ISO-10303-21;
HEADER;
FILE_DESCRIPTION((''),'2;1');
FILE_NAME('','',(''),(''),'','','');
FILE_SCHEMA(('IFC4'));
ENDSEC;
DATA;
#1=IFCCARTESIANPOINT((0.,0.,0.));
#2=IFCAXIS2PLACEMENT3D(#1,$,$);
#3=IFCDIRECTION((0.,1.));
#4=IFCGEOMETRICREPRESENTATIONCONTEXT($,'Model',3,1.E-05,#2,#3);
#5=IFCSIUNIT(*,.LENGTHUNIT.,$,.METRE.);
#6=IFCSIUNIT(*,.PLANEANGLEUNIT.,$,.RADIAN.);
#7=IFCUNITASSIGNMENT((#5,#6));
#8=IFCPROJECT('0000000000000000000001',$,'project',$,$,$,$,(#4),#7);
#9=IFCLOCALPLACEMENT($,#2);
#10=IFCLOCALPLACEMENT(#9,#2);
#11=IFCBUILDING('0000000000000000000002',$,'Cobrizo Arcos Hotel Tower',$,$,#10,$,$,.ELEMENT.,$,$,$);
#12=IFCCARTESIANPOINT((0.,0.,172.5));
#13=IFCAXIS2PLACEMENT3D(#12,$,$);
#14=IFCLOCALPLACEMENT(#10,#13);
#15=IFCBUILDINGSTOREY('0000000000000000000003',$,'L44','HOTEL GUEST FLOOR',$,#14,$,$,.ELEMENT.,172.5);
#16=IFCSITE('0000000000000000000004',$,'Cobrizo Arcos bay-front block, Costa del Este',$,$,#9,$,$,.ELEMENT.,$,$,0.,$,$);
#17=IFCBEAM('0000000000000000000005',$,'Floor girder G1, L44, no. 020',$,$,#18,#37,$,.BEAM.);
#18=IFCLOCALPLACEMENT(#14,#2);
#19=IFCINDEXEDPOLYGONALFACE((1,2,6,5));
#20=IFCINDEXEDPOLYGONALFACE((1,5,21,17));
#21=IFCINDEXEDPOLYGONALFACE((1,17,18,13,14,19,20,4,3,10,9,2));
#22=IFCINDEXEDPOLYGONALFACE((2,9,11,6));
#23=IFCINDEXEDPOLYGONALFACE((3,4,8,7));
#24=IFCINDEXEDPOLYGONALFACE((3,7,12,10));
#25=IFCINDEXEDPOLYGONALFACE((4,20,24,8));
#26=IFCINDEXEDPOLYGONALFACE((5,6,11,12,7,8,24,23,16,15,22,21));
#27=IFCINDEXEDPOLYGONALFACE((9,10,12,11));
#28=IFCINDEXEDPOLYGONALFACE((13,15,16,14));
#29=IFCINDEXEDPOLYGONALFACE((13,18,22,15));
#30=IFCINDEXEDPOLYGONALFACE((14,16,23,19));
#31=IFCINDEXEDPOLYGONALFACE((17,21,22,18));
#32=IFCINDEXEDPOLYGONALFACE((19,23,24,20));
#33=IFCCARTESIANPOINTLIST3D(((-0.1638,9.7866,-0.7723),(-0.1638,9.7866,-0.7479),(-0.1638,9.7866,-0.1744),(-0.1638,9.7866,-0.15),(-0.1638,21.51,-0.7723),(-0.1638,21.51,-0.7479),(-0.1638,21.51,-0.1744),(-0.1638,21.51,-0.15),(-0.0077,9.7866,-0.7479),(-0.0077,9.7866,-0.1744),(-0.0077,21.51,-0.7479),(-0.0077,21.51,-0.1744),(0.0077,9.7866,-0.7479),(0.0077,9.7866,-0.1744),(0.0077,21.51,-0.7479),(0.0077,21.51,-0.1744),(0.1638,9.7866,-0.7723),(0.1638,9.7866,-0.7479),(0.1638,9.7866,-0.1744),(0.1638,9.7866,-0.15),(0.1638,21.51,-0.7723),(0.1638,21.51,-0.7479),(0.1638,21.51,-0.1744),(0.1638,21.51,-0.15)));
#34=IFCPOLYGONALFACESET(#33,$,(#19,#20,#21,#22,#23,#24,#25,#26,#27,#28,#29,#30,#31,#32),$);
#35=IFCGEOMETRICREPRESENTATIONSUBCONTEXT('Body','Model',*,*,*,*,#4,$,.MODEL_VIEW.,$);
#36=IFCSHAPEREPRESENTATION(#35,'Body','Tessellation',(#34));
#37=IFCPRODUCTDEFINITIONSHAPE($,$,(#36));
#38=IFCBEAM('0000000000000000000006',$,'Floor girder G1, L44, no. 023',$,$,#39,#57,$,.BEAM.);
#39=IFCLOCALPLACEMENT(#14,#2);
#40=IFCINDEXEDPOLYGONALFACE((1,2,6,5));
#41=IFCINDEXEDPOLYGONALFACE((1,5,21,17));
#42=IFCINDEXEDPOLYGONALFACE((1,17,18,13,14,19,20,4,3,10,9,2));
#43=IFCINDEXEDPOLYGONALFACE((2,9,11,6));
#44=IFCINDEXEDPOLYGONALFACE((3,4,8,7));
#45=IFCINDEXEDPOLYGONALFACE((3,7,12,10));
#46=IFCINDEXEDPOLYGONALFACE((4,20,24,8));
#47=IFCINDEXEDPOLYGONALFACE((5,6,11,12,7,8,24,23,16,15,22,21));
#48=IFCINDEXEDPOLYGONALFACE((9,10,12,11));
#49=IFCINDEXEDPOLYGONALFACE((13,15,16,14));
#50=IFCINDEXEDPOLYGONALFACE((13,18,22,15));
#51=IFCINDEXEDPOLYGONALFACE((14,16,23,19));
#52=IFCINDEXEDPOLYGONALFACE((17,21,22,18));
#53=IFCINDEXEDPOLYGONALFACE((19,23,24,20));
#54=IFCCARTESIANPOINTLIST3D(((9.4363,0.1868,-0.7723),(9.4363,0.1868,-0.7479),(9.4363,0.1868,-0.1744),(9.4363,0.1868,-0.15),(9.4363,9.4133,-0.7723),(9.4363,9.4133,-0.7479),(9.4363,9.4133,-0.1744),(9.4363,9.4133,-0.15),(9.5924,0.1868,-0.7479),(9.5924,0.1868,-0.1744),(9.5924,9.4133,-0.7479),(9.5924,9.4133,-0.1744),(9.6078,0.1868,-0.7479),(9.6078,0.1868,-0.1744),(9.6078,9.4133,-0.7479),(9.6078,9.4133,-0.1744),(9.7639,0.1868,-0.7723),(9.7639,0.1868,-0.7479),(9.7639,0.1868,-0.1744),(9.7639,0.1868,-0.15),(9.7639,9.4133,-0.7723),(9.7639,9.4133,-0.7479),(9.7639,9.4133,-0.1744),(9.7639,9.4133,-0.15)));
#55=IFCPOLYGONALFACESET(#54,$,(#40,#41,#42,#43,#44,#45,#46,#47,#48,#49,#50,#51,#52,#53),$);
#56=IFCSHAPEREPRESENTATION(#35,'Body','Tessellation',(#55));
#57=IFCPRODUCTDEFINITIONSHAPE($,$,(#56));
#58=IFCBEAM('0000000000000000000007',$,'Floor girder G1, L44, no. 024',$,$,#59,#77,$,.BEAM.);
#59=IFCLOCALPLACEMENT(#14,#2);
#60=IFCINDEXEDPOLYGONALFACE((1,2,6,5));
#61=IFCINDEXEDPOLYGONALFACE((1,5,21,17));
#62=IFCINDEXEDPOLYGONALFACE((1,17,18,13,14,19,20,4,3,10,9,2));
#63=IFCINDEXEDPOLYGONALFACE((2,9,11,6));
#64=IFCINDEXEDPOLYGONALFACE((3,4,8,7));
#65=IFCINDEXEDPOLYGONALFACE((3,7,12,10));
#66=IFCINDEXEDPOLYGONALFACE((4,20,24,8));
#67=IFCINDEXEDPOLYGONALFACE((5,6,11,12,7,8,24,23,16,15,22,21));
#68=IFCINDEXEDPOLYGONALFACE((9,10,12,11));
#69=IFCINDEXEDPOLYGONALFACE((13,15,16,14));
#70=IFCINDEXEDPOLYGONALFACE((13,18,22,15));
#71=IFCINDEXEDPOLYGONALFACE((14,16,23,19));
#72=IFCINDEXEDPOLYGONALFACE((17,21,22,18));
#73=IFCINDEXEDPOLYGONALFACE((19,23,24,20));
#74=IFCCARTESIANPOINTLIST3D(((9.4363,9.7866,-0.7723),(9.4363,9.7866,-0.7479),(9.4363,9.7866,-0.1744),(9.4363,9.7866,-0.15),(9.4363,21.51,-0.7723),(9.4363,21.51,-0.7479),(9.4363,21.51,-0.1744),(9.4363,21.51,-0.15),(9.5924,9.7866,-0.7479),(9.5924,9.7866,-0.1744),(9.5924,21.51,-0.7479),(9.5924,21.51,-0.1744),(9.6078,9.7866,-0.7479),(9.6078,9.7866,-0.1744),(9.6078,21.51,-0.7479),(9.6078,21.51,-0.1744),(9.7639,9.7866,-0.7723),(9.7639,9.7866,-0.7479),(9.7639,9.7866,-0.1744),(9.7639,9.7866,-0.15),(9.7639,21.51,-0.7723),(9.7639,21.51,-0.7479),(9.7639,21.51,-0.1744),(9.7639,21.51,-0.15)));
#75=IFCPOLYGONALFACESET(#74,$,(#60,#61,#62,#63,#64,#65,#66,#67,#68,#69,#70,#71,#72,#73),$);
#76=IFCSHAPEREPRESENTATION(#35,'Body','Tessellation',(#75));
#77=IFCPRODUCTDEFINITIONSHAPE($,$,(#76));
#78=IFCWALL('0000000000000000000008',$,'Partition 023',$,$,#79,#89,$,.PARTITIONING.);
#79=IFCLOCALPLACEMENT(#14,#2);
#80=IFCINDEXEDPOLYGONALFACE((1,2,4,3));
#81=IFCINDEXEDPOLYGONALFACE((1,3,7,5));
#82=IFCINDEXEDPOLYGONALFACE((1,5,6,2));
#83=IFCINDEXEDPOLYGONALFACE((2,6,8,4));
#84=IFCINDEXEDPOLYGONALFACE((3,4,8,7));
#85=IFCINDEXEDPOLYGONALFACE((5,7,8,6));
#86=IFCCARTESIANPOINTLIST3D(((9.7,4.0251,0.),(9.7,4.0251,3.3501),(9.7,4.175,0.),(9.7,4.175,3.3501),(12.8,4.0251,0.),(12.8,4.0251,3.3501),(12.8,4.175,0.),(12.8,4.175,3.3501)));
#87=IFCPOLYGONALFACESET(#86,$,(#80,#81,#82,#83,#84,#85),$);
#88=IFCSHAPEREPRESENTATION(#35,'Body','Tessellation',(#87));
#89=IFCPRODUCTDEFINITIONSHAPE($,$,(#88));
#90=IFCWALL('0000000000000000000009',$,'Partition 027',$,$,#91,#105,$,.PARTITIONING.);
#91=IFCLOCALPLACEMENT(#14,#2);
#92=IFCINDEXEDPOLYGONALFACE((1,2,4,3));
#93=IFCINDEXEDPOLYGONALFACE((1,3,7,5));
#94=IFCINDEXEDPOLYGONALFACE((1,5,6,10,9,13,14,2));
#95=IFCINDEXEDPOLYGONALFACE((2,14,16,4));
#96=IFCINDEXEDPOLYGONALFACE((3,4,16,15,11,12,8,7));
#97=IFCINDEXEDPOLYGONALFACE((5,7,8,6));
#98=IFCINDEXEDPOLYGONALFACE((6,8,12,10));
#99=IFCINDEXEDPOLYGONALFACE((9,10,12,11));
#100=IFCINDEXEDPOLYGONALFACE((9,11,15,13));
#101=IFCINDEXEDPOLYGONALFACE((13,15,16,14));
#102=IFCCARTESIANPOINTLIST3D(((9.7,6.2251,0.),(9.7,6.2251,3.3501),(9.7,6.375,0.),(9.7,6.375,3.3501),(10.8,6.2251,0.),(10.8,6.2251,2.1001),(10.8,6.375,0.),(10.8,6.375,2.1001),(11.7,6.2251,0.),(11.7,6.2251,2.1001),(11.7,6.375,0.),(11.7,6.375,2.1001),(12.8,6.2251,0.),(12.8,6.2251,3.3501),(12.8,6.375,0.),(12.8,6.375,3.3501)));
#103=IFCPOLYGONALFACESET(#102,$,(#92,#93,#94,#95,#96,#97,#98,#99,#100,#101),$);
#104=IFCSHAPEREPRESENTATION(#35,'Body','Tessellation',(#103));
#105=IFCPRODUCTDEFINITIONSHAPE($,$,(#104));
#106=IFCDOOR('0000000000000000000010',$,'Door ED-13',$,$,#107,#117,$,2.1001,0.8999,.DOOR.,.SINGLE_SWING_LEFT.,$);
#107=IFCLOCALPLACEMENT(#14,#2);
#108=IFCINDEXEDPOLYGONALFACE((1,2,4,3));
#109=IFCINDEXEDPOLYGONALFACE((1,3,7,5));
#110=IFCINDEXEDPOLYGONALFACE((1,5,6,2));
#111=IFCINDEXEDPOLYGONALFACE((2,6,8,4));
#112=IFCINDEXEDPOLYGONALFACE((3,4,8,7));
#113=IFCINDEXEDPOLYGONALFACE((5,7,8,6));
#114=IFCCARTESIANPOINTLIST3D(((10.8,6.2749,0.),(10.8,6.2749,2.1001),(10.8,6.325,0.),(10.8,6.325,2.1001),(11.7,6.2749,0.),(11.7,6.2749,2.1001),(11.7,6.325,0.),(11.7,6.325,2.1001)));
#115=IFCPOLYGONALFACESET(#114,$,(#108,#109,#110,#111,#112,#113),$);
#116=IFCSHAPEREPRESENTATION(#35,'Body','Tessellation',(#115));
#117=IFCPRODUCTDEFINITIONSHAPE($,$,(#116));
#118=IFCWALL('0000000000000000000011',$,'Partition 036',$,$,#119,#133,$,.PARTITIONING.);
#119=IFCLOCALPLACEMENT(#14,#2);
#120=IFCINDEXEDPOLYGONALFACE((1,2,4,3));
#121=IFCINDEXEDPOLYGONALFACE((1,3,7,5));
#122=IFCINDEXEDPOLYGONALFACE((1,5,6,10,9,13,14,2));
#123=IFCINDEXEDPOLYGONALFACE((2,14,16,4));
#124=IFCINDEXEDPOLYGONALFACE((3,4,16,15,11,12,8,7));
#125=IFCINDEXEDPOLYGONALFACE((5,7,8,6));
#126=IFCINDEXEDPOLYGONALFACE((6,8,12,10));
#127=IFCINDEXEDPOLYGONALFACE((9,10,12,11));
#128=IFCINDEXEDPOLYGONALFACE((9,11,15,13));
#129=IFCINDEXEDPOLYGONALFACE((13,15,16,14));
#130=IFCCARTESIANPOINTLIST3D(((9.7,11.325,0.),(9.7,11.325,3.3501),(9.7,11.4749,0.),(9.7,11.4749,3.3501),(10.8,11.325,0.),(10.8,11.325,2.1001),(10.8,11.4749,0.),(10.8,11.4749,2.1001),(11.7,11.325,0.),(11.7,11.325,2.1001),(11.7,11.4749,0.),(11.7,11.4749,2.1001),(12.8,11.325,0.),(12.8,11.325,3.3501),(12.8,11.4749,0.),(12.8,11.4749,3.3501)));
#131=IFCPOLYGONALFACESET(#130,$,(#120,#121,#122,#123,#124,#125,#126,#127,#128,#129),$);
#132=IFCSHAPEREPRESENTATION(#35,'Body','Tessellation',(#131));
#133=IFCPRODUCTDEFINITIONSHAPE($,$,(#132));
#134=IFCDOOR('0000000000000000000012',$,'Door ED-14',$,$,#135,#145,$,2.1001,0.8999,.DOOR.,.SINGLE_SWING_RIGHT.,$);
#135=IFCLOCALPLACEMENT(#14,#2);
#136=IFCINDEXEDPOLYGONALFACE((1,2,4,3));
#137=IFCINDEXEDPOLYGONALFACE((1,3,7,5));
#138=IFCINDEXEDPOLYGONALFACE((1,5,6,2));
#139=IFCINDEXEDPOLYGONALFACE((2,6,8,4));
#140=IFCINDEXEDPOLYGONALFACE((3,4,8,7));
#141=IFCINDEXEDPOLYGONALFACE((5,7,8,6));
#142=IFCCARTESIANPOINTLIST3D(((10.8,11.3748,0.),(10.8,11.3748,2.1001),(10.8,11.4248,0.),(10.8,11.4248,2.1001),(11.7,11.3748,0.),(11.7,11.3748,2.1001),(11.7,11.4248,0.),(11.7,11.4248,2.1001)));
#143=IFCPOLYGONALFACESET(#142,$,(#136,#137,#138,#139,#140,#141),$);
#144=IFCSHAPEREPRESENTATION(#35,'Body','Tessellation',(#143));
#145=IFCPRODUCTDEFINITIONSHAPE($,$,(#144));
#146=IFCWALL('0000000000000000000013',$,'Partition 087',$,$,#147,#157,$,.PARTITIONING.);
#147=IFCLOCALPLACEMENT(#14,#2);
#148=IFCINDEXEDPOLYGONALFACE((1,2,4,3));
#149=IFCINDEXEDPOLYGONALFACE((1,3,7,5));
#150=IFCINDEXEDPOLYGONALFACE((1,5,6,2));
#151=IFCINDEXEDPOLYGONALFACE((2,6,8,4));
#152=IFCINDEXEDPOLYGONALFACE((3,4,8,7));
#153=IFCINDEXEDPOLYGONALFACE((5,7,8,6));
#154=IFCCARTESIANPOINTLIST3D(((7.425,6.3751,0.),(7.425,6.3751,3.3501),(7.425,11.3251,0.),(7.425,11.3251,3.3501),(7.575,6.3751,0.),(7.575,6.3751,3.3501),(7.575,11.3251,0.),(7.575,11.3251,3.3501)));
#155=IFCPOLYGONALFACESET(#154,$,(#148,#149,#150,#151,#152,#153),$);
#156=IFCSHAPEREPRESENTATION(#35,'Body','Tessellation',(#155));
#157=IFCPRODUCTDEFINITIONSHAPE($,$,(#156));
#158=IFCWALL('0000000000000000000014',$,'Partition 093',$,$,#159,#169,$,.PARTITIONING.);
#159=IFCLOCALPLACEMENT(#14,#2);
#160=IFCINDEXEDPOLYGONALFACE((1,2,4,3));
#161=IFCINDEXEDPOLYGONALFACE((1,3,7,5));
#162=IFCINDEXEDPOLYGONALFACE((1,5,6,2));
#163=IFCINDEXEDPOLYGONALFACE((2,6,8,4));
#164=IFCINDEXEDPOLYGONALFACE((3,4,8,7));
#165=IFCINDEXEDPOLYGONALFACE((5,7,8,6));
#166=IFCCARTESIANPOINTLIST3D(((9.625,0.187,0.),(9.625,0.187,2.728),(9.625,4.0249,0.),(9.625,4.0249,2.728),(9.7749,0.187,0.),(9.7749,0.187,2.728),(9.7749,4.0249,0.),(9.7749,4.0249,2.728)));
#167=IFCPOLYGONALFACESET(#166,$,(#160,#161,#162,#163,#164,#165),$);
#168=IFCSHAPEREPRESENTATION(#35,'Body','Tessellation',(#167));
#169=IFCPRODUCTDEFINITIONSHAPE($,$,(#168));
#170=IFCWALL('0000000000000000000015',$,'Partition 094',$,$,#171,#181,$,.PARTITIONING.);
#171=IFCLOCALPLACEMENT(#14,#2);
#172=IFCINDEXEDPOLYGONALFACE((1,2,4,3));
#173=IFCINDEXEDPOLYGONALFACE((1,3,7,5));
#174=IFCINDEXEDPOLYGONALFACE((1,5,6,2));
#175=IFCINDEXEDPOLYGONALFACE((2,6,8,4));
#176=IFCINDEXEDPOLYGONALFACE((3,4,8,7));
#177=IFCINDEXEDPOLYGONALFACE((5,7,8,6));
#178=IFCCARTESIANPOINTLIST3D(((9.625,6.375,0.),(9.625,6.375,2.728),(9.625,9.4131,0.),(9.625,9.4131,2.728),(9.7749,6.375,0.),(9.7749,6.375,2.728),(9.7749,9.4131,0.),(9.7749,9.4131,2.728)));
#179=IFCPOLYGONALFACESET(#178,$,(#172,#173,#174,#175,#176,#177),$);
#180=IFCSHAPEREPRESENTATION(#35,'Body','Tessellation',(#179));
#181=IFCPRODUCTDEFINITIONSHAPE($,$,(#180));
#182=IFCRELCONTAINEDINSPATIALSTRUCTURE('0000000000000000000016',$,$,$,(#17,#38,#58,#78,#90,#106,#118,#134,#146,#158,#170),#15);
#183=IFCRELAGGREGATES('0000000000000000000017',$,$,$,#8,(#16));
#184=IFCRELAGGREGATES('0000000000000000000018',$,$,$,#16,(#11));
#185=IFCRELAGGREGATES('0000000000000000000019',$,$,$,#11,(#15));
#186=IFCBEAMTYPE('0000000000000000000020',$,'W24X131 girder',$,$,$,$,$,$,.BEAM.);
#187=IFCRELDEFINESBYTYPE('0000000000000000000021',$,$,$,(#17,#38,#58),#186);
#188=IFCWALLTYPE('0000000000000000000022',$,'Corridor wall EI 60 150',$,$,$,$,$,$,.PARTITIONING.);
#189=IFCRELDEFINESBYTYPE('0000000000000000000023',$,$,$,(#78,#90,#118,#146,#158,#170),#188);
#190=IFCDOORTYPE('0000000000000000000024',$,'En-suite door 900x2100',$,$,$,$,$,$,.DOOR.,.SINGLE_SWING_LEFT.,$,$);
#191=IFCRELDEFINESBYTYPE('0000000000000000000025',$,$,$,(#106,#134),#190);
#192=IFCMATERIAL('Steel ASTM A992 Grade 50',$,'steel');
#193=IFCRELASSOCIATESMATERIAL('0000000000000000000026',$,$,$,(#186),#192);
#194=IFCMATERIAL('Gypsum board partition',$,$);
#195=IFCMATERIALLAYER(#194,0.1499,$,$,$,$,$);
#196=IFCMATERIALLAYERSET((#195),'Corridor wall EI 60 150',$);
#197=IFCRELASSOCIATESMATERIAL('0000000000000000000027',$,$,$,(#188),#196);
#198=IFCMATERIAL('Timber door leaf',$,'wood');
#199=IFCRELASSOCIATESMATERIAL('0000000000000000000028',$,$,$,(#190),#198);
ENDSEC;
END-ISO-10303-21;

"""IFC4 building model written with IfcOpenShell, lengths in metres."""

from ifc_helpers import new_model, si_unit, direction, frame, frame_2d, origin, origin_2d, place, context, subcontext, project, spatial, rectangle, i_section, extrude, material, layer, layer_set, material_profile, profile_set, type_object, element, fill, save


model = new_model("IFC4")

# Units and contexts
model_context = context("Model", 3, precision=1e-05, world=origin(), true_north=direction((0.0, 1.0)))
body_context = subcontext(model_context, "Body", "Model", "MODEL_VIEW")
ifc_project = project(units=[si_unit("LENGTHUNIT", "METRE"), si_unit("PLANEANGLEUNIT", "RADIAN")], contexts=[model_context])

# Site, building, storey
site_placement = place(None, origin())
site = spatial("IfcSite", under=ifc_project, at=site_placement, Name="Cobrizo Arcos bay-front block, Costa del Este", CompositionType="ELEMENT", RefElevation=0.0)
building_placement = place(site_placement, origin())
building = spatial("IfcBuilding", under=site, at=building_placement, Name="Cobrizo Arcos Hotel Tower", CompositionType="ELEMENT")
storey_placement = place(building_placement, frame((0.0, 0.0, 172.5)))
storey = spatial("IfcBuildingStorey", under=building, at=storey_placement, Name="L44", Description="HOTEL GUEST FLOOR", CompositionType="ELEMENT", Elevation=172.5)

# Shared definitions
ifc_material_1 = material(Name="Steel ASTM A992 Grade 50", Category="steel")

# Beams
ifc_material_profile_1 = material_profile(ifc_material_1, i_section(OverallWidth=0.3276, OverallDepth=0.6223, WebThickness=0.0154, FlangeThickness=0.0244, at=origin_2d()), Name="W24X131")
ifc_profile_set_1 = profile_set([ifc_material_profile_1], Name="Steel ASTM A992 Grade 50")
beam_type_1 = type_object("IfcBeamType", Name="W24X131 girder", PredefinedType="BEAM", material=ifc_profile_set_1)
beam_1_placement = place(storey_placement, frame((0.0, 9.7866, -0.4612), z_axis=(0.0, 1.0, 0.0), x_axis=(-1.0, 0.0, 0.0)))
element("IfcBeam", 1, at=beam_1_placement, inside=storey, type_object=beam_type_1, Name="Floor girder G1, L44, no. 020", PredefinedType="BEAM", context=body_context, shape_type="SweptSolid", body=[
    extrude(i_section(OverallWidth=0.3276, OverallDepth=0.6223, WebThickness=0.0154, FlangeThickness=0.0244, at=origin_2d()), origin(), (0.0, 0.0, 1.0), 11.7234),
])
beam_2_placement = place(storey_placement, frame((9.6001, 0.1868, -0.4612), z_axis=(0.0, 1.0, 0.0), x_axis=(-1.0, 0.0, 0.0)))
element("IfcBeam", 2, at=beam_2_placement, inside=storey, type_object=beam_type_1, Name="Floor girder G1, L44, no. 023", PredefinedType="BEAM", context=body_context, shape_type="SweptSolid", body=[
    extrude(i_section(OverallWidth=0.3276, OverallDepth=0.6223, WebThickness=0.0154, FlangeThickness=0.0244, at=origin_2d()), origin(), (0.0, 0.0, 1.0), 9.2266),
])
beam_3_placement = place(storey_placement, frame((9.6001, 9.7866, -0.4612), z_axis=(0.0, 1.0, 0.0), x_axis=(-1.0, 0.0, 0.0)))
element("IfcBeam", 3, at=beam_3_placement, inside=storey, type_object=beam_type_1, Name="Floor girder G1, L44, no. 024", PredefinedType="BEAM", context=body_context, shape_type="SweptSolid", body=[
    extrude(i_section(OverallWidth=0.3276, OverallDepth=0.6223, WebThickness=0.0154, FlangeThickness=0.0244, at=origin_2d()), origin(), (0.0, 0.0, 1.0), 11.7234),
])

# Wall
ifc_material_2 = material(Name="Gypsum board partition")
ifc_layer_1 = layer(ifc_material_2, 0.1499)
ifc_layer_set_1 = layer_set([ifc_layer_1], Name="Corridor wall EI 60 150")
wall_type_1 = type_object("IfcWallType", Name="Corridor wall EI 60 150", PredefinedType="PARTITIONING", material=ifc_layer_set_1)
wall_1_placement = place(storey_placement, frame((9.7, 4.1001, 0.0), z_axis=(0.0, 0.0, 1.0), x_axis=(1.0, 0.0, 0.0)))
element("IfcWall", 4, at=wall_1_placement, inside=storey, type_object=wall_type_1, Name="Partition 023", PredefinedType="PARTITIONING", context=body_context, shape_type="SweptSolid", body=[
    extrude(rectangle(XDim=3.1001, YDim=0.1499, at=frame_2d((1.55, 0.0))), origin(), (0.0, 0.0, 1.0), 3.3501),
])

# Walls, openings, doors
wall_2_placement = place(storey_placement, frame((9.7, 6.3, 0.0), z_axis=(0.0, 0.0, 1.0), x_axis=(1.0, 0.0, 0.0)))
wall_2 = element("IfcWall", 5, at=wall_2_placement, inside=storey, type_object=wall_type_1, Name="Partition 027", PredefinedType="PARTITIONING", context=body_context, shape_type="SweptSolid", body=[
    extrude(rectangle(XDim=3.1001, YDim=0.1499, at=frame_2d((1.55, 0.0))), origin(), (0.0, 0.0, 1.0), 3.3501),
])
opening_1_placement = place(wall_2_placement, frame((1.1001, 0.0, 0.0)))
opening_1 = element("IfcOpeningElement", 6, at=opening_1_placement, cuts=wall_2, PredefinedType="OPENING", context=body_context, shape_type="SweptSolid", body=[
    extrude(rectangle(XDim=0.8999, YDim=2.1001, at=frame_2d((0.45, 1.05))), frame((0.0, 0.0869, 0.0), z_axis=(0.0, -1.0, 0.0), x_axis=(1.0, 0.0, 0.0)), (0.0, 0.0, 1.0), 0.1738),
])
ifc_material_3 = material(Name="Timber door leaf", Category="wood")
door_type_1 = type_object("IfcDoorType", Name="En-suite door 900x2100", OperationType="SINGLE_SWING_LEFT", PredefinedType="DOOR", material=ifc_material_3)
door_1_placement = place(opening_1_placement, origin())
door_1 = element("IfcDoor", 7, at=door_1_placement, inside=storey, type_object=door_type_1, Name="Door ED-13", OperationType="SINGLE_SWING_LEFT", OverallHeight=2.1001, OverallWidth=0.8999, PredefinedType="DOOR", context=body_context, shape_type="SweptSolid", body=[
    extrude(rectangle(XDim=0.8999, YDim=2.1001, at=frame_2d((0.45, 1.05))), frame((0.0, 0.0249, 0.0), z_axis=(0.0, -1.0, 0.0), x_axis=(1.0, 0.0, 0.0)), (0.0, 0.0, 1.0), 0.05),
])
fill(opening_1, door_1)
wall_3_placement = place(storey_placement, frame((9.7, 11.3999, 0.0), z_axis=(0.0, 0.0, 1.0), x_axis=(1.0, 0.0, 0.0)))
wall_3 = element("IfcWall", 8, at=wall_3_placement, inside=storey, type_object=wall_type_1, Name="Partition 036", PredefinedType="PARTITIONING", context=body_context, shape_type="SweptSolid", body=[
    extrude(rectangle(XDim=3.1001, YDim=0.1499, at=frame_2d((1.55, 0.0))), origin(), (0.0, 0.0, 1.0), 3.3501),
])
opening_2_placement = place(wall_3_placement, frame((1.1001, 0.0, 0.0)))
opening_2 = element("IfcOpeningElement", 9, at=opening_2_placement, cuts=wall_3, PredefinedType="OPENING", context=body_context, shape_type="SweptSolid", body=[
    extrude(rectangle(XDim=0.8999, YDim=2.1001, at=frame_2d((0.45, 1.05))), frame((0.0, 0.0869, 0.0), z_axis=(0.0, -1.0, 0.0), x_axis=(1.0, 0.0, 0.0)), (0.0, 0.0, 1.0), 0.1738),
])
door_2_placement = place(opening_2_placement, origin())
door_2 = element("IfcDoor", 10, at=door_2_placement, inside=storey, type_object=door_type_1, Name="Door ED-14", OperationType="SINGLE_SWING_RIGHT", OverallHeight=2.1001, OverallWidth=0.8999, PredefinedType="DOOR", context=body_context, shape_type="SweptSolid", body=[
    extrude(rectangle(XDim=0.8999, YDim=2.1001, at=frame_2d((0.45, 1.05))), frame((0.0, 0.0249, 0.0), z_axis=(0.0, -1.0, 0.0), x_axis=(1.0, 0.0, 0.0)), (0.0, 0.0, 1.0), 0.05),
])
fill(opening_2, door_2)

# Walls
wall_4_placement = place(storey_placement, frame((7.5, 6.375, 0.0), z_axis=(0.0, 0.0, 1.0), x_axis=(0.0, 1.0, 0.0)))
element("IfcWall", 11, at=wall_4_placement, inside=storey, type_object=wall_type_1, Name="Partition 087", PredefinedType="PARTITIONING", context=body_context, shape_type="SweptSolid", body=[
    extrude(rectangle(XDim=4.95, YDim=0.1499, at=frame_2d((2.4751, 0.0))), origin(), (0.0, 0.0, 1.0), 3.3501),
])
wall_5_placement = place(storey_placement, frame((9.7, 0.187, 0.0), z_axis=(0.0, 0.0, 1.0), x_axis=(0.0, 1.0, 0.0)))
element("IfcWall", 12, at=wall_5_placement, inside=storey, type_object=wall_type_1, Name="Partition 093", PredefinedType="PARTITIONING", context=body_context, shape_type="SweptSolid", body=[
    extrude(rectangle(XDim=3.8379, YDim=0.1499, at=frame_2d((1.9189, 0.0))), origin(), (0.0, 0.0, 1.0), 2.728),
])
wall_6_placement = place(storey_placement, frame((9.7, 6.375, 0.0), z_axis=(0.0, 0.0, 1.0), x_axis=(0.0, 1.0, 0.0)))
element("IfcWall", 13, at=wall_6_placement, inside=storey, type_object=wall_type_1, Name="Partition 094", PredefinedType="PARTITIONING", context=body_context, shape_type="SweptSolid", body=[
    extrude(rectangle(XDim=3.0381, YDim=0.1499, at=frame_2d((1.519, 0.0))), origin(), (0.0, 0.0, 1.0), 2.728),
])

save(model, "model.ifc")
